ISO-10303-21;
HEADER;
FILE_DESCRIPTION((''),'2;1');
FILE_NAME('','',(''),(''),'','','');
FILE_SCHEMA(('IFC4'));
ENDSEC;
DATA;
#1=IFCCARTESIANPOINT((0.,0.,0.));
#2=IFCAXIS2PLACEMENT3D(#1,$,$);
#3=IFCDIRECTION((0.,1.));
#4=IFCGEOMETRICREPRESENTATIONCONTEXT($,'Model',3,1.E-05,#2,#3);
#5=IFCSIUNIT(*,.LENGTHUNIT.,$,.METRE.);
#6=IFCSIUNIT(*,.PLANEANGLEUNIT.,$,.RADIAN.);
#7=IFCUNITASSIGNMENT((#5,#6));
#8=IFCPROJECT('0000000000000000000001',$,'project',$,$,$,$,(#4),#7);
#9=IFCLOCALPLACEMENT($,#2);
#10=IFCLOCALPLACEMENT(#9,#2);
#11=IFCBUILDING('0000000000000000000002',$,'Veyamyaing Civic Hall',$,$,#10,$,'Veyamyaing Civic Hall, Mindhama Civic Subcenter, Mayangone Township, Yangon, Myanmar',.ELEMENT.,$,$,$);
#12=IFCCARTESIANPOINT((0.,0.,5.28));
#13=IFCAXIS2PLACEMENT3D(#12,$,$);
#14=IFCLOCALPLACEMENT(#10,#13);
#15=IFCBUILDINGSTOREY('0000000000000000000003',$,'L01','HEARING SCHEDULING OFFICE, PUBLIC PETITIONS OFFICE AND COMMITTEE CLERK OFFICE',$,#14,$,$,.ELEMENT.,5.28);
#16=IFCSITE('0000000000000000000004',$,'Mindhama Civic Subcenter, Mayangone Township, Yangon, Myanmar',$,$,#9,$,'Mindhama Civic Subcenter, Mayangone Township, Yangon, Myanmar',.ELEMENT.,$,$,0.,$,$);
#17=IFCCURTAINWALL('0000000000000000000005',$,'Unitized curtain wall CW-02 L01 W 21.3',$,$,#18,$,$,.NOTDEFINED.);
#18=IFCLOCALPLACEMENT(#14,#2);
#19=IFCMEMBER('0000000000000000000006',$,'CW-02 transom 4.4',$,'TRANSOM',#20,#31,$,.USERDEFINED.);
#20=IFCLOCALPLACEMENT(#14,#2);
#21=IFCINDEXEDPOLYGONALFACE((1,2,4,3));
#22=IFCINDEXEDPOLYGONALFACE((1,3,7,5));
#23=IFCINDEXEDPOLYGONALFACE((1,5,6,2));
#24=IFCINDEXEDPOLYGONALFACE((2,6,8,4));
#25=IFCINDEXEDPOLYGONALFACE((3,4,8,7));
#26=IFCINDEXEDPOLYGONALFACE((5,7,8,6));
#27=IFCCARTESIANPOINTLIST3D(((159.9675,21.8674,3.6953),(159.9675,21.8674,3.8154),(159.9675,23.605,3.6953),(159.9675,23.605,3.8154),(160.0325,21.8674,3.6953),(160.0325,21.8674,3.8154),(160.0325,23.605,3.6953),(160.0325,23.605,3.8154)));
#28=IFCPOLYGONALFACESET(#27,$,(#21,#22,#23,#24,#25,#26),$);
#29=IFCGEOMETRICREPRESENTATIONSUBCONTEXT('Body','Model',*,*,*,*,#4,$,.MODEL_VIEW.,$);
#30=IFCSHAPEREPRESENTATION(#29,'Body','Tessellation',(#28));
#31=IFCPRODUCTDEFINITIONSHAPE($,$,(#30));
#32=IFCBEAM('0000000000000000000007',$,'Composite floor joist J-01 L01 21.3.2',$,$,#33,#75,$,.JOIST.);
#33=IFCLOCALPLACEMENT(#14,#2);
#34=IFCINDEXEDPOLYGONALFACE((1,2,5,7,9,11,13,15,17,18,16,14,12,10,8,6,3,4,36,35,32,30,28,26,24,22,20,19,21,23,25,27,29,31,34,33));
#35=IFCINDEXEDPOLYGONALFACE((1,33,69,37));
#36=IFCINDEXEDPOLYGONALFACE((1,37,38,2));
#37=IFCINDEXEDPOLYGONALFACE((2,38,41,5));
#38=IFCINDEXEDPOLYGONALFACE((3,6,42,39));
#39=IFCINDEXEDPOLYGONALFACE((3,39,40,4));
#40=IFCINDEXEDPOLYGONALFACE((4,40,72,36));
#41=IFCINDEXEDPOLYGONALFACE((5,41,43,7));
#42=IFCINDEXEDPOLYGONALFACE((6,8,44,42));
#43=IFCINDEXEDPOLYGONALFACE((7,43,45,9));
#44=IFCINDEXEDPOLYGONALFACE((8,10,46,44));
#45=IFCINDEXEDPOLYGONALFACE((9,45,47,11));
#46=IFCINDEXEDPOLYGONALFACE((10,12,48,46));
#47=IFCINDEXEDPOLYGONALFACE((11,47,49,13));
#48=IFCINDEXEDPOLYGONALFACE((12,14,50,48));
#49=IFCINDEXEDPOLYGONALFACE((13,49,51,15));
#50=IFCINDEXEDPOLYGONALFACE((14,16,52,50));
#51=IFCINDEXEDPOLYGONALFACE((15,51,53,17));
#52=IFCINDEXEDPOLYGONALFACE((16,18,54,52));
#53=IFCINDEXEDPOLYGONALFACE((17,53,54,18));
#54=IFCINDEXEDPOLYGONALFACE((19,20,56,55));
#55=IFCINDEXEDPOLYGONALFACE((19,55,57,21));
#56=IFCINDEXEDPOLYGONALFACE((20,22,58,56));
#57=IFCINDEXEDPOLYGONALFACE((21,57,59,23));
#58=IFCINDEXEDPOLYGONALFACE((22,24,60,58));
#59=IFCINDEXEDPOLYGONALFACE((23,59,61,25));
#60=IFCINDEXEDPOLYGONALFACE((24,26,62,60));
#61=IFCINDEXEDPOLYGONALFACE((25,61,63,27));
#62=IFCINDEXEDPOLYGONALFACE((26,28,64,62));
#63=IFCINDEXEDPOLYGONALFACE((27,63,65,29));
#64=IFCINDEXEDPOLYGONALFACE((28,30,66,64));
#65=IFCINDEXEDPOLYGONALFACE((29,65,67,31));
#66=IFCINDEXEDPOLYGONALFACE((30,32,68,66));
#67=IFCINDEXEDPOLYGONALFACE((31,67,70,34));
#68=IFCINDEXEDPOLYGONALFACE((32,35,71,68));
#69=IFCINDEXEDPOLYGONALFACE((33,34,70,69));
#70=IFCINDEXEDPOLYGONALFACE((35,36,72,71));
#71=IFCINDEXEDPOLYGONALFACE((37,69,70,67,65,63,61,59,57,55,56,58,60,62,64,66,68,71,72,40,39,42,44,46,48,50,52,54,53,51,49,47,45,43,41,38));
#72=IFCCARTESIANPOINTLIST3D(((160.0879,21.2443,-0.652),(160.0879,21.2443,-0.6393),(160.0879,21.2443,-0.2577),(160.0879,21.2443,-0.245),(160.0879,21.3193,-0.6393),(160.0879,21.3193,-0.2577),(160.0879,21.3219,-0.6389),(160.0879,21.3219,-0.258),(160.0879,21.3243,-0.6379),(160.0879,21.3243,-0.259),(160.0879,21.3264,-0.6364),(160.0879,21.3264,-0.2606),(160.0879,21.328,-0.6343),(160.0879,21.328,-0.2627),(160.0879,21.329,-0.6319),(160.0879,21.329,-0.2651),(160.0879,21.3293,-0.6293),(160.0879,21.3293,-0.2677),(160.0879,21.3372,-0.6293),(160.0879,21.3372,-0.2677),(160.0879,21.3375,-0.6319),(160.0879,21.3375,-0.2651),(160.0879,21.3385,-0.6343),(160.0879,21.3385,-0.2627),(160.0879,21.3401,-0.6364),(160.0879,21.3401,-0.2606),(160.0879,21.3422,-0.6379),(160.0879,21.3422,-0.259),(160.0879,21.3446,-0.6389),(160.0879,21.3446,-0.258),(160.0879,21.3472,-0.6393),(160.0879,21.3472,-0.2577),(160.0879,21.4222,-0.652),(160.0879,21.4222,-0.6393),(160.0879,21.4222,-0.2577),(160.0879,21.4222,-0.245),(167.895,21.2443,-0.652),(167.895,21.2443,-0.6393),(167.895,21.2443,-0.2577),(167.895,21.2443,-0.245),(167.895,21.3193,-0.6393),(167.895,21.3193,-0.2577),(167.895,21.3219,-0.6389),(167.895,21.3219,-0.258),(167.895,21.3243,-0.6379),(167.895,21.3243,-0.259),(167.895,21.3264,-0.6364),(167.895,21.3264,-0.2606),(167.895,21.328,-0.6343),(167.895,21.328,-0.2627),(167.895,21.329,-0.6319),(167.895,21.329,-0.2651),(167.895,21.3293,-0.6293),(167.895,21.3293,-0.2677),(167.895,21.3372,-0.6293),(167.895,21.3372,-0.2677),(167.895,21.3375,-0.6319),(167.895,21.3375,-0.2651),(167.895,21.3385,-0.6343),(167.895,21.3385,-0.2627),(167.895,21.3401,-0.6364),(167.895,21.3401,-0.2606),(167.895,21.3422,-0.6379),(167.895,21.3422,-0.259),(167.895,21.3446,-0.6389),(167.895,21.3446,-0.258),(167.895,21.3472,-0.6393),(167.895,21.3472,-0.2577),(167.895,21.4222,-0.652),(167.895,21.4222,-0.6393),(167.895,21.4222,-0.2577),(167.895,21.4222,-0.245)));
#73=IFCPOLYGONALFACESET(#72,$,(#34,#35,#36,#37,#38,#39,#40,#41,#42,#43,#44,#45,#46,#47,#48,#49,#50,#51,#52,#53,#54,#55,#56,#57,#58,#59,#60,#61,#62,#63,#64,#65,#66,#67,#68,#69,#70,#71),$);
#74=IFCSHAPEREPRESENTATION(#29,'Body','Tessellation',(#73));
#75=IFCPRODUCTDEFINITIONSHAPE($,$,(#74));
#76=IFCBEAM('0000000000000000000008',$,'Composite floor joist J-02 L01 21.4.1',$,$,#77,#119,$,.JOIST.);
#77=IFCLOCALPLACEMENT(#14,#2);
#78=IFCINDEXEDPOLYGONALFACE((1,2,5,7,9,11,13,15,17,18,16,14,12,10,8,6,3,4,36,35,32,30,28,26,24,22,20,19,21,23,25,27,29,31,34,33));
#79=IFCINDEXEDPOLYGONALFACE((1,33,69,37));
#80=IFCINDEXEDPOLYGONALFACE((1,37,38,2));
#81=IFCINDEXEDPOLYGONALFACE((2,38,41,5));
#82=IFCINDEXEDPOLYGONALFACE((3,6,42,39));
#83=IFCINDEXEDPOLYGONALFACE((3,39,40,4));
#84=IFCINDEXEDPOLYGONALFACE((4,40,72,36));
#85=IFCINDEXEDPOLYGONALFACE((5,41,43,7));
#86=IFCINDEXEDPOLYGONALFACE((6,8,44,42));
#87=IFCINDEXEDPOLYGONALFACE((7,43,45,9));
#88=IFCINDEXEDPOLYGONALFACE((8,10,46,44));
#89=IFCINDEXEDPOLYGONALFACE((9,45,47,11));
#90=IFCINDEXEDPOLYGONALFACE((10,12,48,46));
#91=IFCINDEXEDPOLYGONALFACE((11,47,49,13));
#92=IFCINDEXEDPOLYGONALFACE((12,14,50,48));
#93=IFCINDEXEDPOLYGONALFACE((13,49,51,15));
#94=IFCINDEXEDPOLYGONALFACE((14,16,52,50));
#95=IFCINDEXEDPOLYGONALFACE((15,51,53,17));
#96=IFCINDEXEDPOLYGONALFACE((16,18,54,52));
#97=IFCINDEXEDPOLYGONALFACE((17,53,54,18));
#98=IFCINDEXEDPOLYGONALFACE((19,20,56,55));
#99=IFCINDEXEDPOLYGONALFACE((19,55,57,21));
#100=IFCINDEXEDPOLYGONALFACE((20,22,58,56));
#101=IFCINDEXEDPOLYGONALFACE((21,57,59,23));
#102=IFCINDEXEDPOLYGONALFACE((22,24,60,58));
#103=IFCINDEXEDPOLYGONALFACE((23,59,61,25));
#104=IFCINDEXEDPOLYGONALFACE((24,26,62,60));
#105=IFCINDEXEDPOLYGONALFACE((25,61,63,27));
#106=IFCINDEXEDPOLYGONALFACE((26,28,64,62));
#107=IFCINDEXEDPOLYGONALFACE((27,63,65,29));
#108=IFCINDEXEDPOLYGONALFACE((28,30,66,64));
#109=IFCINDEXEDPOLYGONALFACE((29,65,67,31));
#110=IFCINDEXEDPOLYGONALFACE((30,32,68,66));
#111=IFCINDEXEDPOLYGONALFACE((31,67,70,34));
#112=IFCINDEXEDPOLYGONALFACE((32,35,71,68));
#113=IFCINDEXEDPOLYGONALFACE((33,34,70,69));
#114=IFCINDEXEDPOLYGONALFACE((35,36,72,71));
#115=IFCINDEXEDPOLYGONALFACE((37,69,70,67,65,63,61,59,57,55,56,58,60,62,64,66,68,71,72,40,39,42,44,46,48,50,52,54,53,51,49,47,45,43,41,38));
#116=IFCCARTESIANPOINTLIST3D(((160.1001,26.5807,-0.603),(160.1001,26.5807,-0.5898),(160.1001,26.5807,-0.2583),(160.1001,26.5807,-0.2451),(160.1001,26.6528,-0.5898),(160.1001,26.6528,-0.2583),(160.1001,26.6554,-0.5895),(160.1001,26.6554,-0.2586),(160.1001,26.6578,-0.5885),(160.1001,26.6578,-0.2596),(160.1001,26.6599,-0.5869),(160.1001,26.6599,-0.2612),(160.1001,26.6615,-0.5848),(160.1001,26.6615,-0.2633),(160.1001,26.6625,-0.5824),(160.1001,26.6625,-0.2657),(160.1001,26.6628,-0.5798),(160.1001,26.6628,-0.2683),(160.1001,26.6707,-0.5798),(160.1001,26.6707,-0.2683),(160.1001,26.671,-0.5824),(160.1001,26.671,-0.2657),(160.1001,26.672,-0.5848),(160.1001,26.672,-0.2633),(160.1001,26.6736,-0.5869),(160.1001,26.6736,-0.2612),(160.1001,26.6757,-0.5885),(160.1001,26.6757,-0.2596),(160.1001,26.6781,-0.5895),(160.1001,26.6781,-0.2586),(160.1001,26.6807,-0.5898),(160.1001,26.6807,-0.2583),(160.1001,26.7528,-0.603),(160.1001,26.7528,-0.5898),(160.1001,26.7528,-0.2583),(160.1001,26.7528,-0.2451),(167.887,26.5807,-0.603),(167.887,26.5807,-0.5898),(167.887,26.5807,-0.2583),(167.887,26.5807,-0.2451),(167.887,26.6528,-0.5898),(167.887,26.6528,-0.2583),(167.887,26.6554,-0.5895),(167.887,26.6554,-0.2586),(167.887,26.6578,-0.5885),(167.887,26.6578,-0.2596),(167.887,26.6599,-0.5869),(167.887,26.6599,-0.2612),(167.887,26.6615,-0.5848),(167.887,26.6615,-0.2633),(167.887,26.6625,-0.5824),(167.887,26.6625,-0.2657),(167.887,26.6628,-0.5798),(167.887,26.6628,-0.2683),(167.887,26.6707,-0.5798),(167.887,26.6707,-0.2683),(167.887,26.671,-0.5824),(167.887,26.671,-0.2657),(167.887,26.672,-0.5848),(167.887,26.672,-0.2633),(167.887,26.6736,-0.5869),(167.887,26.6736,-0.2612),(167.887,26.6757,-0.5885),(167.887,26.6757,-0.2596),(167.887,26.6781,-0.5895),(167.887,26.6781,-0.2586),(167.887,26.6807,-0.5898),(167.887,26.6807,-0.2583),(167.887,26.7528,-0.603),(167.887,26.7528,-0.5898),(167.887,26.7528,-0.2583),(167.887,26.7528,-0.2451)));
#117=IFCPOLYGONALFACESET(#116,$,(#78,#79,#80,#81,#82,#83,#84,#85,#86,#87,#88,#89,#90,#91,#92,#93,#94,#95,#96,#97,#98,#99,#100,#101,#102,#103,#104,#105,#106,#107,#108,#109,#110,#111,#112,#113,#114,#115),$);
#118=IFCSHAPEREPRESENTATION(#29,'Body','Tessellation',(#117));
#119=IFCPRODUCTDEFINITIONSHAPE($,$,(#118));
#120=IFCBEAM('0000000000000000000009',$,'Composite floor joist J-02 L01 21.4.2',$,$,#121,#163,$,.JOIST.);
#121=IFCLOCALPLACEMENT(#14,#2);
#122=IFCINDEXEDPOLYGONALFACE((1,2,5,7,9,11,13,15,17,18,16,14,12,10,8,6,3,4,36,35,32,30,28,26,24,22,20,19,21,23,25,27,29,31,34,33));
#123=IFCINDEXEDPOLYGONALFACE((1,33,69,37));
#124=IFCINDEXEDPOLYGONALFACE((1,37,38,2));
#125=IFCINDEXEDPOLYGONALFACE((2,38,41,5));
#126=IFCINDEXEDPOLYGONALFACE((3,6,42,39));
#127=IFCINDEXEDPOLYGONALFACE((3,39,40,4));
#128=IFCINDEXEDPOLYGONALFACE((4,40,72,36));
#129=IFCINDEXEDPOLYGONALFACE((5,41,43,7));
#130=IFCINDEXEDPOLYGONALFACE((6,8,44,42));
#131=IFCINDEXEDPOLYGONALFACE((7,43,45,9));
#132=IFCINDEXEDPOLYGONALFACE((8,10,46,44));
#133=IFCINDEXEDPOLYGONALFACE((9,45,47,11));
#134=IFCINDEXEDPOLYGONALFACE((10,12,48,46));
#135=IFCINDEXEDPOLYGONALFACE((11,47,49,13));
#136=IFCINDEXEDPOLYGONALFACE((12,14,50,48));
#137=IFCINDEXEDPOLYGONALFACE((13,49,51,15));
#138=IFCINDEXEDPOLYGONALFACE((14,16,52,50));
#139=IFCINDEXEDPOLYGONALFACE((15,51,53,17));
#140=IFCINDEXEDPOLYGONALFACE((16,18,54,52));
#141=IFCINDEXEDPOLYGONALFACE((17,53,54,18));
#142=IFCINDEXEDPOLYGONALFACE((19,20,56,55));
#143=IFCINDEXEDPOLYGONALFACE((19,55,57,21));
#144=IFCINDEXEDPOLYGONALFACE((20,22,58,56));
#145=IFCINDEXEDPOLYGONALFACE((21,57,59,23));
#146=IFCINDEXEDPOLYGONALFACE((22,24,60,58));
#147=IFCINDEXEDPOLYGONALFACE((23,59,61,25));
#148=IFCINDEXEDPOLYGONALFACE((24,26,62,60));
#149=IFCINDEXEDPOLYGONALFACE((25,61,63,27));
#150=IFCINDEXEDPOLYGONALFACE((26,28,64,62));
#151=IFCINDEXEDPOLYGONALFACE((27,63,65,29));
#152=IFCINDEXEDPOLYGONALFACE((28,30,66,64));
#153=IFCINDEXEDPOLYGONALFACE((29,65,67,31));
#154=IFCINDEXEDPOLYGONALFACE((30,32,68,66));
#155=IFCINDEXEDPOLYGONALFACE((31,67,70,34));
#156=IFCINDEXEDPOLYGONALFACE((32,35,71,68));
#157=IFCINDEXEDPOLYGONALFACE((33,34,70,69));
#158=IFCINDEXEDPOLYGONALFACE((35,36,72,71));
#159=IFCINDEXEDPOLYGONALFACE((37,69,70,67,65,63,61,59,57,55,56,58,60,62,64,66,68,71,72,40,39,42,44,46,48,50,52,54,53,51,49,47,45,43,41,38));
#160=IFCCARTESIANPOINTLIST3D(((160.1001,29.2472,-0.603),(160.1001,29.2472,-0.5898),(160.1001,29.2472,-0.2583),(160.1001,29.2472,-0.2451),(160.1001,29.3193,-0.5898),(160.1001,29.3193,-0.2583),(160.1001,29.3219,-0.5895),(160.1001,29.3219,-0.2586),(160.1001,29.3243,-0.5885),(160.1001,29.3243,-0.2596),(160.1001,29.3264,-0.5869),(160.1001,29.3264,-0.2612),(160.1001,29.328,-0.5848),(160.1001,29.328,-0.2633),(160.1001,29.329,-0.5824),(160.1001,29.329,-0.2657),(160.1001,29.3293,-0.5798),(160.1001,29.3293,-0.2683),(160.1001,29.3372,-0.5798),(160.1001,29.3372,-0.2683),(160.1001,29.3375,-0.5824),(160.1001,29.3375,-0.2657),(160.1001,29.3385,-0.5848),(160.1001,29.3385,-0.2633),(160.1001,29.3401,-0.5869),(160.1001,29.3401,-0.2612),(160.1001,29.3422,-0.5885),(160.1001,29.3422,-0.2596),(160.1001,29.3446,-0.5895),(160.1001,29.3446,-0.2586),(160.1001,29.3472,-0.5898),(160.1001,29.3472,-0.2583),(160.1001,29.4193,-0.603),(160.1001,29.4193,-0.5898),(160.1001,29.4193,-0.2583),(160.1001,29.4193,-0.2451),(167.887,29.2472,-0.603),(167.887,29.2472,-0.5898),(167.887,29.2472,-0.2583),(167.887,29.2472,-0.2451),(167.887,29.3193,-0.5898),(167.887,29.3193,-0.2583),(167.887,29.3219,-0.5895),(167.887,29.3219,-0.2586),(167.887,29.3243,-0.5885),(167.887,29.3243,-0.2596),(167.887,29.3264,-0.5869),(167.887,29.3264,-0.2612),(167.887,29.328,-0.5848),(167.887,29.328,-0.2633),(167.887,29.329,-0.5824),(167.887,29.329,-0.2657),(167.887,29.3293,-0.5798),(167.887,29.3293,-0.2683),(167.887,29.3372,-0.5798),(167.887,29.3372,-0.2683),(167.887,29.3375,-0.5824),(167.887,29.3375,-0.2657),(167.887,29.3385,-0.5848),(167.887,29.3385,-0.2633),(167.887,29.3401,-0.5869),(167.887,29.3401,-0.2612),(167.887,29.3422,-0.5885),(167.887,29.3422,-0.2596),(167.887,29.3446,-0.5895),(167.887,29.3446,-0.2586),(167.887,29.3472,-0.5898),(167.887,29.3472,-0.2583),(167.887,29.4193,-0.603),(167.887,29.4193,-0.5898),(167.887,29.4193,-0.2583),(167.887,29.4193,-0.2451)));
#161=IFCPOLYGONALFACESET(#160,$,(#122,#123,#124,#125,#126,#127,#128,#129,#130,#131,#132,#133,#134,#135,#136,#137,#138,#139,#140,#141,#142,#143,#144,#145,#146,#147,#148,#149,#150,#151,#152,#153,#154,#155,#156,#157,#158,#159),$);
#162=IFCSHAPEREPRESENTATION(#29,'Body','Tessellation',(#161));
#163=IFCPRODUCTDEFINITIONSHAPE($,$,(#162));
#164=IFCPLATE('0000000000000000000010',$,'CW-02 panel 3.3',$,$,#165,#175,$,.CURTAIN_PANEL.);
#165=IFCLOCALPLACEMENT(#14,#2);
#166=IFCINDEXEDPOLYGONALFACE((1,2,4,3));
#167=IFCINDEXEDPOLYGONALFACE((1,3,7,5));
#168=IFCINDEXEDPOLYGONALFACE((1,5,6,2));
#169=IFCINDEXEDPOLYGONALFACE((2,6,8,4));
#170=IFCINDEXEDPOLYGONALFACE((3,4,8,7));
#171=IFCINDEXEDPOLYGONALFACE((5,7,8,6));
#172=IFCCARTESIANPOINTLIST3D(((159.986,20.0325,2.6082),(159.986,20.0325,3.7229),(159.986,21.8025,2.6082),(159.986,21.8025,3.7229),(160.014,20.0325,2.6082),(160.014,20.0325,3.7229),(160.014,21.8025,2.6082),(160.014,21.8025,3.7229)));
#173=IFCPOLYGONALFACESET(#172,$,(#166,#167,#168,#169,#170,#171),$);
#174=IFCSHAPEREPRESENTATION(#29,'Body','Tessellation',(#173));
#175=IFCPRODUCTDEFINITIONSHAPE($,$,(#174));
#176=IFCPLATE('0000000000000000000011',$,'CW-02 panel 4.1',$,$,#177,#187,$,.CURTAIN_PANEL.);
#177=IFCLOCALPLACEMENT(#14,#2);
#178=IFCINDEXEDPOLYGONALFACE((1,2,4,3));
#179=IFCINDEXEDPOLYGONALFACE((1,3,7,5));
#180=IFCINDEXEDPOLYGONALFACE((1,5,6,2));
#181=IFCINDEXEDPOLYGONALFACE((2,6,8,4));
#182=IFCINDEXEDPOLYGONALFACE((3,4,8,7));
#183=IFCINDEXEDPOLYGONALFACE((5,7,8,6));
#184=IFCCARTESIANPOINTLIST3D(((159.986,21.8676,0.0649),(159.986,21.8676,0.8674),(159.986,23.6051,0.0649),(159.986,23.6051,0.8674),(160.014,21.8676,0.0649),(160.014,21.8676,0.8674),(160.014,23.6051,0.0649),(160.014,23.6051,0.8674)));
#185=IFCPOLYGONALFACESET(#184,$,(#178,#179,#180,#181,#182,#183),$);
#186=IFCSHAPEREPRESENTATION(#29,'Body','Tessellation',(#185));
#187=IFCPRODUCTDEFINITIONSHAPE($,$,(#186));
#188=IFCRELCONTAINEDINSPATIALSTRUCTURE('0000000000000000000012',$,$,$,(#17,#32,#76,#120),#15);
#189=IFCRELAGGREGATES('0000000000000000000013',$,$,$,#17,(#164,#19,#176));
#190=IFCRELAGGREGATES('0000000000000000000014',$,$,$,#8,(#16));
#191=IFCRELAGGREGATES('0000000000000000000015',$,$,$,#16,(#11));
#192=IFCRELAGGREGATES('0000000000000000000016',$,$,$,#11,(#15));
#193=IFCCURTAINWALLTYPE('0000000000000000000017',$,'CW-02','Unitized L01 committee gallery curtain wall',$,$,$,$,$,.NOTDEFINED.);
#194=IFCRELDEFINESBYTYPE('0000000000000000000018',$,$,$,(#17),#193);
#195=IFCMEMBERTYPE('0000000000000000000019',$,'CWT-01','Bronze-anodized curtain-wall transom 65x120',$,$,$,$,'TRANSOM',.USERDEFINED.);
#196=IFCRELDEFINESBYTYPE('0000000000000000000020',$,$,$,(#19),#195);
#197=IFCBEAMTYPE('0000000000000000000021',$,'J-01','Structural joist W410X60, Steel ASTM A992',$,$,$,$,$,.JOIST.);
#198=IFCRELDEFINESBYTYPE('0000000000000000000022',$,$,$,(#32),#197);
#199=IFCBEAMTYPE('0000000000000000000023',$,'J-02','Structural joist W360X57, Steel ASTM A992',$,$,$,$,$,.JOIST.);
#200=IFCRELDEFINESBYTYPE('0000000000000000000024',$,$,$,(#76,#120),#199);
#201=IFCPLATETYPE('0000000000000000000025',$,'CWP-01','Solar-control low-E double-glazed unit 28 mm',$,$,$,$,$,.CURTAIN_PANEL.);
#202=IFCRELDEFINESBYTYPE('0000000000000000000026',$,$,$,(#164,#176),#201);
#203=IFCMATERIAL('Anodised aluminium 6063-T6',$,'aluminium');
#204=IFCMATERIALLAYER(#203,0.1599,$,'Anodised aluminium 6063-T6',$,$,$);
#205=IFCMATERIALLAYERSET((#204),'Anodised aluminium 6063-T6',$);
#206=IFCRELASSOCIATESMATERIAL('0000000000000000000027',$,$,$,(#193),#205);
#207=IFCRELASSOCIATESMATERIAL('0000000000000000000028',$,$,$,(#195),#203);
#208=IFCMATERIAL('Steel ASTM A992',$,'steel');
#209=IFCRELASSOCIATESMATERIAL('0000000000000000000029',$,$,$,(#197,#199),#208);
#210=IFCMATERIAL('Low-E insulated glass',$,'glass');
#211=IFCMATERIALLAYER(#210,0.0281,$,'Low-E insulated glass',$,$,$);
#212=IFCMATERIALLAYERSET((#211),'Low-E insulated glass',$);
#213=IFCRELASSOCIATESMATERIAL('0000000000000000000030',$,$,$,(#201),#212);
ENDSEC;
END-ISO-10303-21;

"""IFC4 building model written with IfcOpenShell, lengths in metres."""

from ifc_helpers import new_model, si_unit, direction, frame, origin, origin_2d, place, context, subcontext, project, spatial, rectangle, i_section, extrude, material, layer, layer_set, material_profile, profile_set, type_object, element, aggregate, save


model = new_model("IFC4")

# Units and contexts
model_context = context("Model", 3, precision=1e-05, world=origin(), true_north=direction((0.0, 1.0)))
body_context = subcontext(model_context, "Body", "Model", "MODEL_VIEW")
ifc_project = project(units=[si_unit("LENGTHUNIT", "METRE"), si_unit("PLANEANGLEUNIT", "RADIAN")], contexts=[model_context])

# Site, building, storey
site_placement = place(None, origin())
site = spatial("IfcSite", under=ifc_project, at=site_placement, Name="Mindhama Civic Subcenter, Mayangone Township, Yangon, Myanmar", LongName="Mindhama Civic Subcenter, Mayangone Township, Yangon, Myanmar", CompositionType="ELEMENT", RefElevation=0.0)
building_placement = place(site_placement, origin())
building = spatial("IfcBuilding", under=site, at=building_placement, Name="Veyamyaing Civic Hall", LongName="Veyamyaing Civic Hall, Mindhama Civic Subcenter, Mayangone Township, Yangon, Myanmar", CompositionType="ELEMENT")
storey_placement = place(building_placement, frame((0.0, 0.0, 5.28)))
storey = spatial("IfcBuildingStorey", under=building, at=storey_placement, Name="L01", Description="HEARING SCHEDULING OFFICE, PUBLIC PETITIONS OFFICE AND COMMITTEE CLERK OFFICE", CompositionType="ELEMENT", Elevation=5.28)

# Shared definitions
ifc_material_1 = material(Name="Steel ASTM A992", Category="steel")

# Curtain wall, member
ifc_material_2 = material(Name="Anodised aluminium 6063-T6", Category="aluminium")
ifc_layer_1 = layer(ifc_material_2, 0.1599, Name="Anodised aluminium 6063-T6")
ifc_layer_set_1 = layer_set([ifc_layer_1], Name="Anodised aluminium 6063-T6")
curtain_wall_type = type_object("IfcCurtainWallType", Name="CW-02", Description="Unitized L01 committee gallery curtain wall", PredefinedType="NOTDEFINED", material=ifc_layer_set_1)
curtain_wall_placement = place(storey_placement, origin())
curtain_wall = element("IfcCurtainWall", 1, at=curtain_wall_placement, inside=storey, type_object=curtain_wall_type, Name="Unitized curtain wall CW-02 L01 W 21.3", PredefinedType="NOTDEFINED")
ifc_material_profile_1 = material_profile(ifc_material_2, rectangle(XDim=0.0649, YDim=0.1201, at=origin_2d()), Name="ALU-TRN-65X120")
ifc_profile_set_1 = profile_set([ifc_material_profile_1], Name="Anodised aluminium 6063-T6")
member_type_1 = type_object("IfcMemberType", Name="CWT-01", Description="Bronze-anodized curtain-wall transom 65x120", ElementType="TRANSOM", PredefinedType="USERDEFINED", material=ifc_profile_set_1)
member_1_placement = place(storey_placement, frame((160.0, 21.8674, 3.7554), z_axis=(0.0, 1.0, 0.0), x_axis=(-1.0, 0.0, 0.0)))
member_1 = element("IfcMember", 2, at=member_1_placement, type_object=member_type_1, Name="CW-02 transom 4.4", ObjectType="TRANSOM", PredefinedType="USERDEFINED", context=body_context, shape_type="SweptSolid", body=[
    extrude(rectangle(XDim=0.0649, YDim=0.1201, at=origin_2d()), origin(), (0.0, 0.0, 1.0), 1.7375),
])

# Beams
ifc_material_profile_2 = material_profile(ifc_material_1, i_section(OverallWidth=0.178, OverallDepth=0.407, WebThickness=0.0078, FlangeThickness=0.0127, FilletRadius=0.01, at=origin_2d()), Name="W410X60")
ifc_profile_set_2 = profile_set([ifc_material_profile_2], Name="Steel ASTM A992")
beam_type_1 = type_object("IfcBeamType", Name="J-01", Description="Structural joist W410X60, Steel ASTM A992", PredefinedType="JOIST", material=ifc_profile_set_2)
beam_1_placement = place(storey_placement, frame((160.0879, 21.3333, -0.4485), z_axis=(1.0, 0.0, 0.0), x_axis=(0.0, 1.0, 0.0)))
element("IfcBeam", 3, at=beam_1_placement, inside=storey, type_object=beam_type_1, Name="Composite floor joist J-01 L01 21.3.2", PredefinedType="JOIST", context=body_context, shape_type="SweptSolid", body=[
    extrude(i_section(OverallWidth=0.178, OverallDepth=0.407, WebThickness=0.0078, FlangeThickness=0.0127, FilletRadius=0.01, at=origin_2d()), origin(), (0.0, 0.0, 1.0), 7.8071),
])
ifc_material_profile_3 = material_profile(ifc_material_1, i_section(OverallWidth=0.1721, OverallDepth=0.3579, WebThickness=0.0078, FlangeThickness=0.0132, FilletRadius=0.01, at=origin_2d()), Name="W360X57")
ifc_profile_set_3 = profile_set([ifc_material_profile_3], Name="Steel ASTM A992")
beam_type_2 = type_object("IfcBeamType", Name="J-02", Description="Structural joist W360X57, Steel ASTM A992", PredefinedType="JOIST", material=ifc_profile_set_3)
for number, where, z_axis, x_axis, name in (
    (4, (160.1001, 26.6667, -0.4241), (1.0, 0.0, 0.0), (0.0, 1.0, 0.0), "Composite floor joist J-02 L01 21.4.1"),
    (5, (160.1001, 29.3333, -0.4241), (1.0, 0.0, 0.0), (0.0, 1.0, 0.0), "Composite floor joist J-02 L01 21.4.2"),
):
    element("IfcBeam", number, at=place(storey_placement, frame(where, z_axis=z_axis, x_axis=x_axis)), inside=storey, type_object=beam_type_2, Name=name, PredefinedType="JOIST", context=body_context, shape_type="SweptSolid", body=[
        extrude(i_section(OverallWidth=0.1721, OverallDepth=0.3579, WebThickness=0.0078, FlangeThickness=0.0132, FilletRadius=0.01, at=origin_2d()), origin(), (0.0, 0.0, 1.0), 7.7869),
    ])

# Plates
ifc_material_3 = material(Name="Low-E insulated glass", Category="glass")
ifc_layer_2 = layer(ifc_material_3, 0.0281, Name="Low-E insulated glass")
ifc_layer_set_2 = layer_set([ifc_layer_2], Name="Low-E insulated glass")
plate_type = type_object("IfcPlateType", Name="CWP-01", Description="Solar-control low-E double-glazed unit 28 mm", PredefinedType="CURTAIN_PANEL", material=ifc_layer_set_2)
plate_1_placement = place(storey_placement, frame((160.0, 20.9175, 2.6082), z_axis=(0.0, 0.0, 1.0), x_axis=(0.0, 1.0, 0.0)))
plate_1 = element("IfcPlate", 6, at=plate_1_placement, type_object=plate_type, Name="CW-02 panel 3.3", PredefinedType="CURTAIN_PANEL", context=body_context, shape_type="SweptSolid", body=[
    extrude(rectangle(XDim=1.77, YDim=0.0281, at=origin_2d()), origin(), (0.0, 0.0, 1.0), 1.1147),
])
plate_2_placement = place(storey_placement, frame((160.0, 22.7363, 0.0649), z_axis=(0.0, 0.0, 1.0), x_axis=(0.0, 1.0, 0.0)))
plate_2 = element("IfcPlate", 7, at=plate_2_placement, type_object=plate_type, Name="CW-02 panel 4.1", PredefinedType="CURTAIN_PANEL", context=body_context, shape_type="SweptSolid", body=[
    extrude(rectangle(XDim=1.7375, YDim=0.0281, at=origin_2d()), origin(), (0.0, 0.0, 1.0), 0.8025),
])
aggregate(curtain_wall, [plate_1, member_1, plate_2])

save(model, "model.ifc")
